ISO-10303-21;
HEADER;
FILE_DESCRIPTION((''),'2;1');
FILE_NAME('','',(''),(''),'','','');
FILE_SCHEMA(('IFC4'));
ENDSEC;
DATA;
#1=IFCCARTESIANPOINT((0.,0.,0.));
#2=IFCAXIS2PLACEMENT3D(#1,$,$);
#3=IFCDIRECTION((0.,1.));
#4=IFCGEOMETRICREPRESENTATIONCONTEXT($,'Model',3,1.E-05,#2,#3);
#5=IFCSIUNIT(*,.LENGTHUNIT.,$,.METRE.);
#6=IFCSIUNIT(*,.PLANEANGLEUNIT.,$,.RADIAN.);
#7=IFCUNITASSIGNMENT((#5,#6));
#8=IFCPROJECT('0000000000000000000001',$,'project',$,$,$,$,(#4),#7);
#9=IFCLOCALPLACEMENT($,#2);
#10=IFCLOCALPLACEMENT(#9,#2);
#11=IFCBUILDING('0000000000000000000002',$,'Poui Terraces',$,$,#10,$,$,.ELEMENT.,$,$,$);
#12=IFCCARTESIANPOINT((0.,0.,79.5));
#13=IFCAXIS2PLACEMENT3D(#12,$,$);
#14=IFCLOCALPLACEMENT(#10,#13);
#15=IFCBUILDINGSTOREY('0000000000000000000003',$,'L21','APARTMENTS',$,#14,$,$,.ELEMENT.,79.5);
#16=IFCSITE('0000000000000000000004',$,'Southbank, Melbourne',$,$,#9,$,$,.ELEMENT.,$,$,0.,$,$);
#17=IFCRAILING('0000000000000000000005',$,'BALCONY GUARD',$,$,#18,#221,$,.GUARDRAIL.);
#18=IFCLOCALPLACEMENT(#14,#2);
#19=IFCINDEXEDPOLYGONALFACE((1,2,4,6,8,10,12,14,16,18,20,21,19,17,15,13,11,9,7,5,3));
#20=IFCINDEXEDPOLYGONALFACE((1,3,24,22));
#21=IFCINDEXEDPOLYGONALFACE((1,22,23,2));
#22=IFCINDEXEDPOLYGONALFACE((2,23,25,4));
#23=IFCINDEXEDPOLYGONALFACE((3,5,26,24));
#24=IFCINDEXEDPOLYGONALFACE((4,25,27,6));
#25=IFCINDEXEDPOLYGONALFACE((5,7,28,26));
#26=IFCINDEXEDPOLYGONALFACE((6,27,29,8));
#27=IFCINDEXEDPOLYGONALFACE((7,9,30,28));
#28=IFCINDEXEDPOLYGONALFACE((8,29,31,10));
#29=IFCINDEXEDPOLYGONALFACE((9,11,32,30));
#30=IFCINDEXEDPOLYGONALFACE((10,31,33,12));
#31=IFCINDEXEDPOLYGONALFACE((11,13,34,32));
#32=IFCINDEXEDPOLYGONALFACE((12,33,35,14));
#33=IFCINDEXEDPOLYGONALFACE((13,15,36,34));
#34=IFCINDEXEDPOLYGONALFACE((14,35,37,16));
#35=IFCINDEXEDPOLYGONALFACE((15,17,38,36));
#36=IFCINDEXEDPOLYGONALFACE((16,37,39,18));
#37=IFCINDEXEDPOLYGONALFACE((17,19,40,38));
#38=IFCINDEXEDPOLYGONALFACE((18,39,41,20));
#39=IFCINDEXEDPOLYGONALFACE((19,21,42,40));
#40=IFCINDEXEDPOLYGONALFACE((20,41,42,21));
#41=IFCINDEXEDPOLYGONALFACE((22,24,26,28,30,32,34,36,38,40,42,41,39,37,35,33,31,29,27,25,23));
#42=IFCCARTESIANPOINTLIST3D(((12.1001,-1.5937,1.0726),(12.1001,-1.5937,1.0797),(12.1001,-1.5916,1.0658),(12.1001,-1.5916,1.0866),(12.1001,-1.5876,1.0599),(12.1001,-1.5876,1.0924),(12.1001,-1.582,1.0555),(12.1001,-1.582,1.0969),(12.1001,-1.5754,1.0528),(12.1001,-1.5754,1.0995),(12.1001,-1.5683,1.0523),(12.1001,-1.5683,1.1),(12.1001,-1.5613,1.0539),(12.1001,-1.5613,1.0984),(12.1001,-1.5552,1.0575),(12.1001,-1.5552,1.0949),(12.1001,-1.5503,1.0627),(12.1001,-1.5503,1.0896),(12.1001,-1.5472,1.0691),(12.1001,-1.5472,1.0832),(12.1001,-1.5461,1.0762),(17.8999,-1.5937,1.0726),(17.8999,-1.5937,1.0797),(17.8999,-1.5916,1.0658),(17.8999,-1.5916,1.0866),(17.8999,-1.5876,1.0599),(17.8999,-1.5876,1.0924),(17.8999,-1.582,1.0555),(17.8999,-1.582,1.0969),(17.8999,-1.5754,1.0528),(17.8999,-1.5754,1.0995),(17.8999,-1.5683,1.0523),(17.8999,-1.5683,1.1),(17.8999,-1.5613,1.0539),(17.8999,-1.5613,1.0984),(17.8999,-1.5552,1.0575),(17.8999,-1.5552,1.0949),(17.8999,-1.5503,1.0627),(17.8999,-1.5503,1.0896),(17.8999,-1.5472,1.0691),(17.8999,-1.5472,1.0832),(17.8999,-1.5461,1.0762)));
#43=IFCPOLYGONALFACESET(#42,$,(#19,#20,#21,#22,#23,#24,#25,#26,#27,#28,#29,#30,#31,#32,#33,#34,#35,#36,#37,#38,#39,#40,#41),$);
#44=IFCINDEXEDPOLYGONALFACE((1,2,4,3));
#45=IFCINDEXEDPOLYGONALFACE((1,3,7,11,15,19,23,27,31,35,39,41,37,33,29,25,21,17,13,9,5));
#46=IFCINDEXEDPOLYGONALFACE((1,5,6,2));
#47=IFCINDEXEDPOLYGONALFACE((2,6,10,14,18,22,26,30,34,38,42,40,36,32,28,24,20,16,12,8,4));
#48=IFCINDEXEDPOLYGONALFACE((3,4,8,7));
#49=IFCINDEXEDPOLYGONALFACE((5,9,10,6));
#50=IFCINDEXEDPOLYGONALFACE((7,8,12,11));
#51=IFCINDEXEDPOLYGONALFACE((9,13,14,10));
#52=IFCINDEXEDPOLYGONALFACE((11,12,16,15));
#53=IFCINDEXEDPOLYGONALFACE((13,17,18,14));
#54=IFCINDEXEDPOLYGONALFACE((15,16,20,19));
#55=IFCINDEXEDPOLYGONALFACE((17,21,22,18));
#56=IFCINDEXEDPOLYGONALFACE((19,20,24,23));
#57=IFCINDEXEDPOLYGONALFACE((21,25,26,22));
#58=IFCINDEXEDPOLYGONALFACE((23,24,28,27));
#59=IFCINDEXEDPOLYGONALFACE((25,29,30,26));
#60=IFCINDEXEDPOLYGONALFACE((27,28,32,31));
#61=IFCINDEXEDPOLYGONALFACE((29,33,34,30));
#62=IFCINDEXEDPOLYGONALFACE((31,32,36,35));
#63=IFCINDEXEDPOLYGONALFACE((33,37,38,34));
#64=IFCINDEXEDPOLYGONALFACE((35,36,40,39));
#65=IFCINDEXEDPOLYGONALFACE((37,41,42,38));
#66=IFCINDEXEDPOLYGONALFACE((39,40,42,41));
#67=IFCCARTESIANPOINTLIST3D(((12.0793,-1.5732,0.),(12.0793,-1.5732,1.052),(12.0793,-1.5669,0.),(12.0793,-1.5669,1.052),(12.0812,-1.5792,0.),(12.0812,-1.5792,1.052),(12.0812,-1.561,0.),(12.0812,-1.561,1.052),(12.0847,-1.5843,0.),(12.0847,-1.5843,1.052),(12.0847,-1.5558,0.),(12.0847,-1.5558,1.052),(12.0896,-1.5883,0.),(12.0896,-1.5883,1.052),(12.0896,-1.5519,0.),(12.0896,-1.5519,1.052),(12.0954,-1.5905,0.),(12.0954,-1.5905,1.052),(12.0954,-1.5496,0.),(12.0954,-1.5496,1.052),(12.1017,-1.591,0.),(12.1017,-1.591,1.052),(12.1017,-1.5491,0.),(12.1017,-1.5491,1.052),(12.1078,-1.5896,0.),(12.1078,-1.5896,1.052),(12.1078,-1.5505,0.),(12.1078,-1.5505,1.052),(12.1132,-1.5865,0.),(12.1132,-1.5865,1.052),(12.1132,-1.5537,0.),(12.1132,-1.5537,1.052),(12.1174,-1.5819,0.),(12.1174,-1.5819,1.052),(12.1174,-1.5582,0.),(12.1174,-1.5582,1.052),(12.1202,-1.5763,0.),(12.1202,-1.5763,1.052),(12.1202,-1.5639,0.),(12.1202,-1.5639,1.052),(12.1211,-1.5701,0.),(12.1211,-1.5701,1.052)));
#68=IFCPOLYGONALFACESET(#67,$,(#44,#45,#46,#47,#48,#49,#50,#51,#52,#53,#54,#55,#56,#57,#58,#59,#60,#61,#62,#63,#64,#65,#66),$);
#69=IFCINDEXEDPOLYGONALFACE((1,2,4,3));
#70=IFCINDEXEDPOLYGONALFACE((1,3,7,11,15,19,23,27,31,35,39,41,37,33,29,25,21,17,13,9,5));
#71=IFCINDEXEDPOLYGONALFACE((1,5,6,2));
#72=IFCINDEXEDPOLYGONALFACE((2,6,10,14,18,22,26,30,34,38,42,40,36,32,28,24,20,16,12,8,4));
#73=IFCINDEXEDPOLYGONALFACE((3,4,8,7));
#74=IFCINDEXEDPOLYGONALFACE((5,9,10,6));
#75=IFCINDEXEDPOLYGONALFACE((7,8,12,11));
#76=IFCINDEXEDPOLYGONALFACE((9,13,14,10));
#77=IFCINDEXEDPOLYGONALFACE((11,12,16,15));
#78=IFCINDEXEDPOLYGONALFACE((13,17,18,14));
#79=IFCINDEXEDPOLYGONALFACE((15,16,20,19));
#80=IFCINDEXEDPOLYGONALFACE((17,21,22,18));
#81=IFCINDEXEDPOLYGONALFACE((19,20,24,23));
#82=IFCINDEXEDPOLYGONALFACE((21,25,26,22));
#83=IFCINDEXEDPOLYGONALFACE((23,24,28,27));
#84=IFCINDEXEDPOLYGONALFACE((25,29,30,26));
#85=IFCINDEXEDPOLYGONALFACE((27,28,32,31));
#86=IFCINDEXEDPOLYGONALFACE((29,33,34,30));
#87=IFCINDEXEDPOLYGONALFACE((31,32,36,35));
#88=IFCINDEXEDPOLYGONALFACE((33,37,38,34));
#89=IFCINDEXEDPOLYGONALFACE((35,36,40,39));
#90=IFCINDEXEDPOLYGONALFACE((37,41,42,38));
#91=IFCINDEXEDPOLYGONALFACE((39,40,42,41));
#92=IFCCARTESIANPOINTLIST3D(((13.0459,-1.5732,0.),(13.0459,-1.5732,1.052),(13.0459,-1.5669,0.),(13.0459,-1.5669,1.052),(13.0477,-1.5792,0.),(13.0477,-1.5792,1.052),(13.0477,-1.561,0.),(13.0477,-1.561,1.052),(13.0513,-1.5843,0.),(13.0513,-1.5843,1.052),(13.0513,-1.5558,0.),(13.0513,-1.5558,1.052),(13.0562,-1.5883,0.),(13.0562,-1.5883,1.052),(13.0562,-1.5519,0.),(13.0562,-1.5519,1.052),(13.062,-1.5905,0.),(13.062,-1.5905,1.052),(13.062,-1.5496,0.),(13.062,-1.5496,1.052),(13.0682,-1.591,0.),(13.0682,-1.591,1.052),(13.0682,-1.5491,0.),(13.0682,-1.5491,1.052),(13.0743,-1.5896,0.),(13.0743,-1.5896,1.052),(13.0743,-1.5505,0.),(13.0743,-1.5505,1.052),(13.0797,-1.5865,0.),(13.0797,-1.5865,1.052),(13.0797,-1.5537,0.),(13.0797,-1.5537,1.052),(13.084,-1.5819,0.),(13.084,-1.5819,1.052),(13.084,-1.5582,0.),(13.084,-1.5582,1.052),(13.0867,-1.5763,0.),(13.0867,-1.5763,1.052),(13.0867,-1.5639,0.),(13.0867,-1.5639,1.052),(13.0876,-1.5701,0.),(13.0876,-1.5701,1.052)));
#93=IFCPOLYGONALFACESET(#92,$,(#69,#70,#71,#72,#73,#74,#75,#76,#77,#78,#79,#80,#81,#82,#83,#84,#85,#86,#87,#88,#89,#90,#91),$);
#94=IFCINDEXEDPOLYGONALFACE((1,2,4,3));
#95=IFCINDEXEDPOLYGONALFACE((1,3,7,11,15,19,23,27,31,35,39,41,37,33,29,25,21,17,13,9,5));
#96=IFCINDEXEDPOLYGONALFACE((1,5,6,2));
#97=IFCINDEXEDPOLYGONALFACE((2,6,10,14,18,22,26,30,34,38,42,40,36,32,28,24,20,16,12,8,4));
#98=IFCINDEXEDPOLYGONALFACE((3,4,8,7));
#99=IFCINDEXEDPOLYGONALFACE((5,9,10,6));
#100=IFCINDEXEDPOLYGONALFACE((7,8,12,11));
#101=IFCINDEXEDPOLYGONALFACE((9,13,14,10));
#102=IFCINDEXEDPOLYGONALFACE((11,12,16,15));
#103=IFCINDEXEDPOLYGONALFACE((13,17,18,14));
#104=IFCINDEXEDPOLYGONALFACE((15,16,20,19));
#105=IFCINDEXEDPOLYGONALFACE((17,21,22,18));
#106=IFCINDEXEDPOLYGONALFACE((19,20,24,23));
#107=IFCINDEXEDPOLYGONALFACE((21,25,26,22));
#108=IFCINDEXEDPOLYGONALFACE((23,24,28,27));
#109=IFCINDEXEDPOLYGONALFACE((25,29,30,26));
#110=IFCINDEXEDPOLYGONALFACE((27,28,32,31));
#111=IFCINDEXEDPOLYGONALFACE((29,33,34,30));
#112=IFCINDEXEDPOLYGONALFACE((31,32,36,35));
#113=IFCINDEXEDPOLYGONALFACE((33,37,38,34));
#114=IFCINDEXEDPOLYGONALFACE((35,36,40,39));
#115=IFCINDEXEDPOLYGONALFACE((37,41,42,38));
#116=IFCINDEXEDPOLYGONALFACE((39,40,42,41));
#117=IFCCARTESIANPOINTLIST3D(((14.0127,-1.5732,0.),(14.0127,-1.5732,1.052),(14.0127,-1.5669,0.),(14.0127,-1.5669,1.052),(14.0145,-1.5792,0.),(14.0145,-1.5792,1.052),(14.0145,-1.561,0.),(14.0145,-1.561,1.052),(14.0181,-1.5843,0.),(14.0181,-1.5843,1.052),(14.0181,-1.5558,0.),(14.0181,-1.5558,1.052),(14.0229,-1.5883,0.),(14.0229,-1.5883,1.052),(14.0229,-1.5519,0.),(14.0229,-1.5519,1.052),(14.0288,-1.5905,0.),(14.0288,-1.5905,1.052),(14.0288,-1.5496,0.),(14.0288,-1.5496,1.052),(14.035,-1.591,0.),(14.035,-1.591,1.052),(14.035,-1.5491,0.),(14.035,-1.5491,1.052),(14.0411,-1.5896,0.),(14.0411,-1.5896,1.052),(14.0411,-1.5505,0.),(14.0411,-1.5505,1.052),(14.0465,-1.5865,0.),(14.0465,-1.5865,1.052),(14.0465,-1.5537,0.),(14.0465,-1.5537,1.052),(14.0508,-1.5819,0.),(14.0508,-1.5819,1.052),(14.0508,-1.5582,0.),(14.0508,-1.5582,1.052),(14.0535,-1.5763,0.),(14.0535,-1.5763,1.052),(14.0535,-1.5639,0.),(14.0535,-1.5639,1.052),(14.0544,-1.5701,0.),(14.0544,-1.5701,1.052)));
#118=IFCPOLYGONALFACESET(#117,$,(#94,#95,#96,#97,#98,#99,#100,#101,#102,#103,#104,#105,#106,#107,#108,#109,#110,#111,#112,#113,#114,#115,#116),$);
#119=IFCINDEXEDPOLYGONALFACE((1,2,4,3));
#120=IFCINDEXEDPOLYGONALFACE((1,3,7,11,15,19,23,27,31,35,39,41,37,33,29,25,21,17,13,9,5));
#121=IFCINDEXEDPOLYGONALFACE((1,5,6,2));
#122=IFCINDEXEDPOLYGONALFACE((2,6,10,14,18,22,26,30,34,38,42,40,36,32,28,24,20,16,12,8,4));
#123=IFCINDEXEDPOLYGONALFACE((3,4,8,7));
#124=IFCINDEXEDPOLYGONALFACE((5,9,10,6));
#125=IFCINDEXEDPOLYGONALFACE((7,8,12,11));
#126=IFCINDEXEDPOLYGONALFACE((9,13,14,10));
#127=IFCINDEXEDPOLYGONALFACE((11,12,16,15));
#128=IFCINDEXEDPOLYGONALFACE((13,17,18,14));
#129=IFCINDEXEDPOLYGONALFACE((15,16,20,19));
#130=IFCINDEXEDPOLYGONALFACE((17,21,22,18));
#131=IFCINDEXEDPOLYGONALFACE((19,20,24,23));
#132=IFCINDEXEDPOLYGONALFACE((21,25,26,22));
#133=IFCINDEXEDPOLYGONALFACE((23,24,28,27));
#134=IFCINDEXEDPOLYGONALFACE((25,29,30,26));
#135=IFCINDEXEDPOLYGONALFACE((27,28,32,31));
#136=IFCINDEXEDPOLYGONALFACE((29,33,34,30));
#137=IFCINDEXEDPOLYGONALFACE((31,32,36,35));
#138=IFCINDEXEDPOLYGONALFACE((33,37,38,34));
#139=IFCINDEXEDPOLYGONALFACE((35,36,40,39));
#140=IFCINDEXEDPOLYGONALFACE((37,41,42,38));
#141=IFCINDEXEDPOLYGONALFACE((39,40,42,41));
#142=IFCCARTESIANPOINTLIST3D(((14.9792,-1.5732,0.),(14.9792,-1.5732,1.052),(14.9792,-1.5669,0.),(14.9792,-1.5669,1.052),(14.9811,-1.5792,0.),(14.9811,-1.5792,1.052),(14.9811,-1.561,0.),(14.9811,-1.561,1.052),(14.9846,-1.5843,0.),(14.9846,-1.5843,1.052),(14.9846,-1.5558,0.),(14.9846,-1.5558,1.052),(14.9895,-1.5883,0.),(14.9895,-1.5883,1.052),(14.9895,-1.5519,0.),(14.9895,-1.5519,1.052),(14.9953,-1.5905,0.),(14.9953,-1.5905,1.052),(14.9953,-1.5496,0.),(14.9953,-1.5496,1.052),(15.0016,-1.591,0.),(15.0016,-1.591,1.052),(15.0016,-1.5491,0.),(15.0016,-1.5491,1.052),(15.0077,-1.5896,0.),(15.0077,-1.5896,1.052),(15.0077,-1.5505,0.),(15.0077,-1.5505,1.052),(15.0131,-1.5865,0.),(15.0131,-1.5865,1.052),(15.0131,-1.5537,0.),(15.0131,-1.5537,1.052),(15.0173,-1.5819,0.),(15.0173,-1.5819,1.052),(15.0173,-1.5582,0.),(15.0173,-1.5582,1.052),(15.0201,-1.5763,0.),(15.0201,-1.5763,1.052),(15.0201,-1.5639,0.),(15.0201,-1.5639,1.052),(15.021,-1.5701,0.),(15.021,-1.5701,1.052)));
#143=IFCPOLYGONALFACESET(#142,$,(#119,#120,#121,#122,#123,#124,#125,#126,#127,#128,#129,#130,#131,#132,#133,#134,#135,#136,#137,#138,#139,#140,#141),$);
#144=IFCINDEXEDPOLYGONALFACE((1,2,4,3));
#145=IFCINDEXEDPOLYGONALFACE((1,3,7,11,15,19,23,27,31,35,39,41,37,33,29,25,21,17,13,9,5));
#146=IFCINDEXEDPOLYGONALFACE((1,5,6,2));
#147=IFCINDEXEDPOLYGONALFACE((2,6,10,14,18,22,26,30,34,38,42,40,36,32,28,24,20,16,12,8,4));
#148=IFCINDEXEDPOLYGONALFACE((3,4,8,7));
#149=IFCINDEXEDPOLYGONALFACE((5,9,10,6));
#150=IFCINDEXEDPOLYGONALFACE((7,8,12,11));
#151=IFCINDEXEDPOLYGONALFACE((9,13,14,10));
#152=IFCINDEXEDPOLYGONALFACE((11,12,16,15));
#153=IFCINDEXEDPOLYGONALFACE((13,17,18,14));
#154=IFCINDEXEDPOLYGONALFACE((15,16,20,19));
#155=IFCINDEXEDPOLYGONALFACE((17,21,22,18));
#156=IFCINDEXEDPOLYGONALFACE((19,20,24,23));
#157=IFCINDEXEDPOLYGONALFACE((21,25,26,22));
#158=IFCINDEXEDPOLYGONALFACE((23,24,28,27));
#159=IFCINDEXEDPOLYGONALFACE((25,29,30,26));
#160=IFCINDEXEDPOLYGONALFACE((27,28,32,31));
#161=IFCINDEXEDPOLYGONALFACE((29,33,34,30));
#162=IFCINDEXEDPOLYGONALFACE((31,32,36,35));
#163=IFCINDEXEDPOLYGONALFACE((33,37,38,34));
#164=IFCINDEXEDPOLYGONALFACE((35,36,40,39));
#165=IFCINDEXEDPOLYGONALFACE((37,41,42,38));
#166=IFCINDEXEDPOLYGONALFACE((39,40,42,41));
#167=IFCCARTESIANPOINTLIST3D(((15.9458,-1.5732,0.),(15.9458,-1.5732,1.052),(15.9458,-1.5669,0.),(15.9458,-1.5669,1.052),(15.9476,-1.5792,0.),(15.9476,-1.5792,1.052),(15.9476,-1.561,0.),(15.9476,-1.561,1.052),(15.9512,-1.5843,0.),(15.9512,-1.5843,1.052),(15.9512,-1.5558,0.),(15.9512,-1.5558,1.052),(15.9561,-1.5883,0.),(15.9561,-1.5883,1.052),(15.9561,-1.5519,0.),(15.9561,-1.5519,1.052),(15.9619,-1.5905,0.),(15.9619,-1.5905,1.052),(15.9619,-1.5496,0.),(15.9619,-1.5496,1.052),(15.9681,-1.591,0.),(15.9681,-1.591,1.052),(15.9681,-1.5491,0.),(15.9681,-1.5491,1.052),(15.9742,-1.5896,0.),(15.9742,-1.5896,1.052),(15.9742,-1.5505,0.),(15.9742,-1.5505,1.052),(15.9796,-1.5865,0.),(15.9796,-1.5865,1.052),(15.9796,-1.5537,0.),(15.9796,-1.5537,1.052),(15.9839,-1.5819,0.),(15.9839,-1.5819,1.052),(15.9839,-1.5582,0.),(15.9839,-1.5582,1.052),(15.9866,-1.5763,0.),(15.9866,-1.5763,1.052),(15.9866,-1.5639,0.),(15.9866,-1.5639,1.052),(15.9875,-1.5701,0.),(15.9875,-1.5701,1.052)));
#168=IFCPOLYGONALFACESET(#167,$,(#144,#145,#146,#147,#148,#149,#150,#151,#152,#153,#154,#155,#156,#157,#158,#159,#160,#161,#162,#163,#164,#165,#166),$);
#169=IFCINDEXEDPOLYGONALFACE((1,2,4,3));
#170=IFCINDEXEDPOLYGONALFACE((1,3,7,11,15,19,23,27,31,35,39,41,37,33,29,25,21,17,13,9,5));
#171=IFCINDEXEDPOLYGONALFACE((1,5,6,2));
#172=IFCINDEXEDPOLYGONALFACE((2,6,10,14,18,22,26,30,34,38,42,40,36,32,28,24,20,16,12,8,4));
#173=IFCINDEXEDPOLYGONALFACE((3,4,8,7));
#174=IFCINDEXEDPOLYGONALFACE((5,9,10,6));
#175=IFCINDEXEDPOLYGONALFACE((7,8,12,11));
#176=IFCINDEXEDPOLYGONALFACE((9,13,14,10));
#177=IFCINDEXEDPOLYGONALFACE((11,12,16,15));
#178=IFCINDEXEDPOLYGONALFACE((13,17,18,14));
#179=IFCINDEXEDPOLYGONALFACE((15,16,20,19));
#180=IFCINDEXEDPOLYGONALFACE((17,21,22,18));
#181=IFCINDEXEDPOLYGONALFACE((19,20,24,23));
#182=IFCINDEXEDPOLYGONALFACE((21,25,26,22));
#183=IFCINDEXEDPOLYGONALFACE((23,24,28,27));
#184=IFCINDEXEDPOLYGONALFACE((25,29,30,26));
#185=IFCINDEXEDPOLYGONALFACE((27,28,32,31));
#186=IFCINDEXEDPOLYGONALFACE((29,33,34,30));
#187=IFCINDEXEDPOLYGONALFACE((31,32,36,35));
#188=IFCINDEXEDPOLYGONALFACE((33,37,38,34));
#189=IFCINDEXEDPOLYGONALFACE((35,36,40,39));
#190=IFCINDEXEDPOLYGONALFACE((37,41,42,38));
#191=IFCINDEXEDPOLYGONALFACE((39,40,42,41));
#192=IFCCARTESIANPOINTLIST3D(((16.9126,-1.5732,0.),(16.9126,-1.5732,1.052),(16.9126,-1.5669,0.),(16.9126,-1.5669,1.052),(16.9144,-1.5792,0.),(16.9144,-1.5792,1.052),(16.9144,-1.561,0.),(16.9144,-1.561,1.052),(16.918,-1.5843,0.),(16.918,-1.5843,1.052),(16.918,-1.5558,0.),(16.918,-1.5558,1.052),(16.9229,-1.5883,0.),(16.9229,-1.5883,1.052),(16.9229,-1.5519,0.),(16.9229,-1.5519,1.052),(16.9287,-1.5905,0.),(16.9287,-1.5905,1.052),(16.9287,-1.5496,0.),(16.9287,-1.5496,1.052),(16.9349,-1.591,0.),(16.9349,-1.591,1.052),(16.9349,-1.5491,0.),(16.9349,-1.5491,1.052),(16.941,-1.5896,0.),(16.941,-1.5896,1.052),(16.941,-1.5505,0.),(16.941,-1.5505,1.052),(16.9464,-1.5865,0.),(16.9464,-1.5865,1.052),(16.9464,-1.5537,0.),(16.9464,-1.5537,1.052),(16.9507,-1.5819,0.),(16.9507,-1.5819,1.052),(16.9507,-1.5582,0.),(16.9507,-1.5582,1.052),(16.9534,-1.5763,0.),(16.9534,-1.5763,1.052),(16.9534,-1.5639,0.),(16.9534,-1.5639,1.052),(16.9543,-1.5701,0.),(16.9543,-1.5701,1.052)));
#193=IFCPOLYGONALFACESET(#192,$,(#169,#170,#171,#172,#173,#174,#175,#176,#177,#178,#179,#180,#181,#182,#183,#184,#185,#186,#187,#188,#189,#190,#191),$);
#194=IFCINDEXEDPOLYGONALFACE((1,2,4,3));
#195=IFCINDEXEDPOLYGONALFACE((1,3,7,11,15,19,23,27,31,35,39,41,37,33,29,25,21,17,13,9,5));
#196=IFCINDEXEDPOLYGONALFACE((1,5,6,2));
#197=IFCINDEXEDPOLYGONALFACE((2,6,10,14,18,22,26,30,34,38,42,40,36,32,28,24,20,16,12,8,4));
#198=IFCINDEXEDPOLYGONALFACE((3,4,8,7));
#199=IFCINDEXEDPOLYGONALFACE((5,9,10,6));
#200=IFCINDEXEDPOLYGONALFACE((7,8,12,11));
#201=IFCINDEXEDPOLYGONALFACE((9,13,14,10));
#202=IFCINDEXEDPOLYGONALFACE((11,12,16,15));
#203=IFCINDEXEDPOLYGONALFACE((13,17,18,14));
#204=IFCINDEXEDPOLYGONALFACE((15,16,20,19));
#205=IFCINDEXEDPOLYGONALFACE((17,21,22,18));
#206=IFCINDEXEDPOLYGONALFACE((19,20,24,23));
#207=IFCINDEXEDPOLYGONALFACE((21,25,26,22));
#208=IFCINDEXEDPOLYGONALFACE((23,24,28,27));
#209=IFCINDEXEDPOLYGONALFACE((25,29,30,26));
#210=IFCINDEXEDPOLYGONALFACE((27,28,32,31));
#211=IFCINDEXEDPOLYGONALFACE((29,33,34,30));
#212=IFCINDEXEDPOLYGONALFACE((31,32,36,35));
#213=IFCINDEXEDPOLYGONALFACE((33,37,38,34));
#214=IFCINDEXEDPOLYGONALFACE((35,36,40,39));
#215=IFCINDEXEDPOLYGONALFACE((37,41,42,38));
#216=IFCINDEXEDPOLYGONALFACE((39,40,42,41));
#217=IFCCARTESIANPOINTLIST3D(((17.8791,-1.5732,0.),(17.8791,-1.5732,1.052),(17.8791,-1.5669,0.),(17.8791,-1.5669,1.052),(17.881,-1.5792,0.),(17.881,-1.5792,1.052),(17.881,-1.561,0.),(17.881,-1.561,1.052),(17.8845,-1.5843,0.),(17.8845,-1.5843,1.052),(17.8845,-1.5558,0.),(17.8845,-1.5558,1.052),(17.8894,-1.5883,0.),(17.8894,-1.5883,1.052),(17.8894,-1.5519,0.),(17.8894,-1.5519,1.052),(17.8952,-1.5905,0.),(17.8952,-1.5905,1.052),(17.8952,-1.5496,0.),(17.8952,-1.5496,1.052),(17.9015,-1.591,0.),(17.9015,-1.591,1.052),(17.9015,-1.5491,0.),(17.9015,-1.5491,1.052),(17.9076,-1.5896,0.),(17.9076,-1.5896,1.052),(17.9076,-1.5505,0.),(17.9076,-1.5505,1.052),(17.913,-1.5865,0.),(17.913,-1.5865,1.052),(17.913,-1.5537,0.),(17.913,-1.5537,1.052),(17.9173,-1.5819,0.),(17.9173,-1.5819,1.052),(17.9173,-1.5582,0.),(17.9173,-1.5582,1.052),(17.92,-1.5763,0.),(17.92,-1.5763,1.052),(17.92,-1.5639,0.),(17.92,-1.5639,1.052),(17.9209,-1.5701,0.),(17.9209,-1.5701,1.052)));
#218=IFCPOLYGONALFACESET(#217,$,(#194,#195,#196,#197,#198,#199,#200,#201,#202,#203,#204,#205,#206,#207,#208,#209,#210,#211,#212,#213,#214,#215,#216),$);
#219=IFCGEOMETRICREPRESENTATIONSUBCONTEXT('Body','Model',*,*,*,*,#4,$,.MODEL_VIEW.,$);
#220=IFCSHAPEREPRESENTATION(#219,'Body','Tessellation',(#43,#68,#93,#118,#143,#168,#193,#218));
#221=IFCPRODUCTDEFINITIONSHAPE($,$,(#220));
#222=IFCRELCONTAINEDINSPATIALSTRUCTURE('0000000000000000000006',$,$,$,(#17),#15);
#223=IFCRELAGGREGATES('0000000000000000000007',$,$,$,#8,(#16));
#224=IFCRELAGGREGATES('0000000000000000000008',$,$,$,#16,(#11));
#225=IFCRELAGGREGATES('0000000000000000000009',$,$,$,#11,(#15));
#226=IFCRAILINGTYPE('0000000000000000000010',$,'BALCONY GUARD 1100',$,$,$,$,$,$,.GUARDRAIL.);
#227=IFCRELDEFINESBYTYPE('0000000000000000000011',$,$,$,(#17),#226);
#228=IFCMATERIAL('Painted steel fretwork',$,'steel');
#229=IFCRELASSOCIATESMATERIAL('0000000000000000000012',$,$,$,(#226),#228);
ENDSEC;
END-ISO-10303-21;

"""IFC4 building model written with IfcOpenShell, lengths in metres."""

from ifc_helpers import new_model, si_unit, direction, frame, origin, origin_2d, place, context, subcontext, project, spatial, circle, extrude, material, type_object, element, save


model = new_model("IFC4")

# Units and contexts
model_context = context("Model", 3, precision=1e-05, world=origin(), true_north=direction((0.0, 1.0)))
body_context = subcontext(model_context, "Body", "Model", "MODEL_VIEW")
ifc_project = project(units=[si_unit("LENGTHUNIT", "METRE"), si_unit("PLANEANGLEUNIT", "RADIAN")], contexts=[model_context])

# Site, building, storey
site_placement = place(None, origin())
site = spatial("IfcSite", under=ifc_project, at=site_placement, Name="Southbank, Melbourne", CompositionType="ELEMENT", RefElevation=0.0)
building_placement = place(site_placement, origin())
building = spatial("IfcBuilding", under=site, at=building_placement, Name="Poui Terraces", CompositionType="ELEMENT")
storey_placement = place(building_placement, frame((0.0, 0.0, 79.5)))
storey = spatial("IfcBuildingStorey", under=building, at=storey_placement, Name="L21", Description="APARTMENTS", CompositionType="ELEMENT", Elevation=79.5)

# Railing
ifc_material_1 = material(Name="Painted steel fretwork", Category="steel")
railing_type = type_object("IfcRailingType", Name="BALCONY GUARD 1100", PredefinedType="GUARDRAIL", material=ifc_material_1)
railing_placement = place(storey_placement, frame((12.1001, -1.5701, 0.0)))
element("IfcRailing", 1, at=railing_placement, inside=storey, type_object=railing_type, Name="BALCONY GUARD", PredefinedType="GUARDRAIL", context=body_context, shape_type="SweptSolid", body=[
    extrude(circle(Radius=0.0239, at=origin_2d()), frame((0.0, 0.0, 1.0762), z_axis=(1.0, 0.0, 0.0), x_axis=(0.0, 1.0, 0.0)), (0.0, 0.0, 1.0), 5.7998),
    extrude(circle(Radius=0.021, at=origin_2d()), origin(), (0.0, 0.0, 1.0), 1.052),
    extrude(circle(Radius=0.021, at=origin_2d()), frame((0.9666, 0.0, 0.0)), (0.0, 0.0, 1.0), 1.052),
    extrude(circle(Radius=0.021, at=origin_2d()), frame((1.9333, 0.0, 0.0)), (0.0, 0.0, 1.0), 1.052),
    extrude(circle(Radius=0.021, at=origin_2d()), frame((2.8999, 0.0, 0.0)), (0.0, 0.0, 1.0), 1.052),
    extrude(circle(Radius=0.021, at=origin_2d()), frame((3.8665, 0.0, 0.0)), (0.0, 0.0, 1.0), 1.052),
    extrude(circle(Radius=0.021, at=origin_2d()), frame((4.8333, 0.0, 0.0)), (0.0, 0.0, 1.0), 1.052),
    extrude(circle(Radius=0.021, at=origin_2d()), frame((5.7998, 0.0, 0.0)), (0.0, 0.0, 1.0), 1.052),
])

save(model, "model.ifc")
